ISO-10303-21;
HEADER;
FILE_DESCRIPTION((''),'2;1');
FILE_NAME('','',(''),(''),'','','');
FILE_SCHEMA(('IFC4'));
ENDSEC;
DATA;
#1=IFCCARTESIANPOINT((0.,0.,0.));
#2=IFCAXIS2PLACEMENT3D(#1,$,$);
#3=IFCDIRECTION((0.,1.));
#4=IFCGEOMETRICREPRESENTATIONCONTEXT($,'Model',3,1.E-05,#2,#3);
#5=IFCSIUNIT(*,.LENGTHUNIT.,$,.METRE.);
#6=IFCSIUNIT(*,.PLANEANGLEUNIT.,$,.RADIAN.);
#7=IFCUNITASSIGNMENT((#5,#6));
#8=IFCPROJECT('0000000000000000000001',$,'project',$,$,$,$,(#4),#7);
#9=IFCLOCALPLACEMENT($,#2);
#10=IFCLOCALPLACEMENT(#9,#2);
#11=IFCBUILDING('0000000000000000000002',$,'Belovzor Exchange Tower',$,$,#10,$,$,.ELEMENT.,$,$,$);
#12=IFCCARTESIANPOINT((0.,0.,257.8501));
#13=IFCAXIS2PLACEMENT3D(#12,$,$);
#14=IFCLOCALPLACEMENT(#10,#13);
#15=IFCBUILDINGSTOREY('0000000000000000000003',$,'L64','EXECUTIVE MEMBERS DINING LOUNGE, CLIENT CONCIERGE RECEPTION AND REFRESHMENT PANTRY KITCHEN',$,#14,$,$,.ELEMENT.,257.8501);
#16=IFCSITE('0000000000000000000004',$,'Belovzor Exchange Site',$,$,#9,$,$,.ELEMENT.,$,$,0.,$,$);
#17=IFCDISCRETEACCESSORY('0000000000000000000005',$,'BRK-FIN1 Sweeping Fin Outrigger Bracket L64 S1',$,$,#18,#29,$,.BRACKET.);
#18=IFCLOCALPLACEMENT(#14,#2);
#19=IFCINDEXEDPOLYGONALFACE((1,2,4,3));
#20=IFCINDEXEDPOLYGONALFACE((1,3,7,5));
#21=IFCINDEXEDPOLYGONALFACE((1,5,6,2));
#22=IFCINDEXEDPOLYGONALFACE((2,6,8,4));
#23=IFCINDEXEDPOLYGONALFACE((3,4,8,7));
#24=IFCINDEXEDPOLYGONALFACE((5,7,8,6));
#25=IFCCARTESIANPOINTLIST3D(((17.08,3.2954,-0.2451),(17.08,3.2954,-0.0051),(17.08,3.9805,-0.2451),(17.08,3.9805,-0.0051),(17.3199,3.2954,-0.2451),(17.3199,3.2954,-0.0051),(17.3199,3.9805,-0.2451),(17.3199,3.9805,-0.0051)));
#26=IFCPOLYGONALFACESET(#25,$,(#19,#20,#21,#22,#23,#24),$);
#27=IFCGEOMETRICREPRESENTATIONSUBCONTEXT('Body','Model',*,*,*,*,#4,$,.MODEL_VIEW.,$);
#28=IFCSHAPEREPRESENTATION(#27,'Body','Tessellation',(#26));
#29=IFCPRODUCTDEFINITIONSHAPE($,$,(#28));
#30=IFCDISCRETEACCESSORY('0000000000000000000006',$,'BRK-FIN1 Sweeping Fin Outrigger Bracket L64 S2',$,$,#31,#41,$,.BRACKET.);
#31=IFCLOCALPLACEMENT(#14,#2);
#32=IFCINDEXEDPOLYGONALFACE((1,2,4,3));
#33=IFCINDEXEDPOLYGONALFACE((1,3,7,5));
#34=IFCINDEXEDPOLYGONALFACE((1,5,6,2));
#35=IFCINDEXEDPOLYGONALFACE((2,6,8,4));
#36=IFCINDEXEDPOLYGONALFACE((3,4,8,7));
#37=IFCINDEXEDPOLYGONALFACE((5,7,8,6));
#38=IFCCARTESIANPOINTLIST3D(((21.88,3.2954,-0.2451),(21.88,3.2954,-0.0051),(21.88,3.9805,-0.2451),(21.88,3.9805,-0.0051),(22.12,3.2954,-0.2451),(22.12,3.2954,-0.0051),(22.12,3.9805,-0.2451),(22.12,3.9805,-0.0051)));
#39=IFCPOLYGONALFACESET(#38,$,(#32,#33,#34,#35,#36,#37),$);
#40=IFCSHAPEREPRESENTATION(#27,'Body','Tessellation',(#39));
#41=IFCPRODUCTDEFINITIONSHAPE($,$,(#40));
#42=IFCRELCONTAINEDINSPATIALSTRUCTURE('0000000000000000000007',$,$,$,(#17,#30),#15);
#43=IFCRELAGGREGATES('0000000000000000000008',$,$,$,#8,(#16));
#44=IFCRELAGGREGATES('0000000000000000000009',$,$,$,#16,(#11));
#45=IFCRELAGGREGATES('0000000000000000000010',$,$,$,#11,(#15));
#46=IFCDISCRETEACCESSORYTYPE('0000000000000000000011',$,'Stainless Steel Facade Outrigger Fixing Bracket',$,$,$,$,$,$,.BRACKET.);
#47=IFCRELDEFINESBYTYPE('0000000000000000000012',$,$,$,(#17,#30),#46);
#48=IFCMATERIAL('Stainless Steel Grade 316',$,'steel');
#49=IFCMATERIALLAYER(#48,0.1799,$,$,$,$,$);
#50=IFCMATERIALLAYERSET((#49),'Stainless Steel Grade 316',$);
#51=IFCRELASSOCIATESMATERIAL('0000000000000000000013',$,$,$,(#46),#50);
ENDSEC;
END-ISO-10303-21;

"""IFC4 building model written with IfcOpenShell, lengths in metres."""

from ifc_helpers import new_model, si_unit, direction, frame, origin, origin_2d, place, context, subcontext, project, spatial, rectangle, extrude, material, layer, layer_set, type_object, element, save


model = new_model("IFC4")

# Units and contexts
model_context = context("Model", 3, precision=1e-05, world=origin(), true_north=direction((0.0, 1.0)))
body_context = subcontext(model_context, "Body", "Model", "MODEL_VIEW")
ifc_project = project(units=[si_unit("LENGTHUNIT", "METRE"), si_unit("PLANEANGLEUNIT", "RADIAN")], contexts=[model_context])

# Site, building, storey
site_placement = place(None, origin())
site = spatial("IfcSite", under=ifc_project, at=site_placement, Name="Belovzor Exchange Site", CompositionType="ELEMENT", RefElevation=0.0)
building_placement = place(site_placement, origin())
building = spatial("IfcBuilding", under=site, at=building_placement, Name="Belovzor Exchange Tower", CompositionType="ELEMENT")
storey_placement = place(building_placement, frame((0.0, 0.0, 257.8501)))
storey = spatial("IfcBuildingStorey", under=building, at=storey_placement, Name="L64", Description="EXECUTIVE MEMBERS DINING LOUNGE, CLIENT CONCIERGE RECEPTION AND REFRESHMENT PANTRY KITCHEN", CompositionType="ELEMENT", Elevation=257.8501)

# Discrete accessories
ifc_material_1 = material(Name="Stainless Steel Grade 316", Category="steel")
ifc_layer_1 = layer(ifc_material_1, 0.1799)
ifc_layer_set_1 = layer_set([ifc_layer_1], Name="Stainless Steel Grade 316")
discrete_accessory_type = type_object("IfcDiscreteAccessoryType", Name="Stainless Steel Facade Outrigger Fixing Bracket", PredefinedType="BRACKET", material=ifc_layer_set_1)
for number, where, z_axis, x_axis, name in (
    (1, (17.2, 3.6379, -0.2451), (0.0, 0.0, 1.0), (0.0, 1.0, 0.0), "BRK-FIN1 Sweeping Fin Outrigger Bracket L64 S1"),
    (2, (22.0, 3.6379, -0.2451), (0.0, 0.0, 1.0), (0.0, 1.0, 0.0), "BRK-FIN1 Sweeping Fin Outrigger Bracket L64 S2"),
):
    element("IfcDiscreteAccessory", number, at=place(storey_placement, frame(where, z_axis=z_axis, x_axis=x_axis)), inside=storey, type_object=discrete_accessory_type, Name=name, PredefinedType="BRACKET", context=body_context, shape_type="SweptSolid", body=[
        extrude(rectangle(XDim=0.6851, YDim=0.24, at=origin_2d()), origin(), (0.0, 0.0, 1.0), 0.24),
    ])

save(model, "model.ifc")
